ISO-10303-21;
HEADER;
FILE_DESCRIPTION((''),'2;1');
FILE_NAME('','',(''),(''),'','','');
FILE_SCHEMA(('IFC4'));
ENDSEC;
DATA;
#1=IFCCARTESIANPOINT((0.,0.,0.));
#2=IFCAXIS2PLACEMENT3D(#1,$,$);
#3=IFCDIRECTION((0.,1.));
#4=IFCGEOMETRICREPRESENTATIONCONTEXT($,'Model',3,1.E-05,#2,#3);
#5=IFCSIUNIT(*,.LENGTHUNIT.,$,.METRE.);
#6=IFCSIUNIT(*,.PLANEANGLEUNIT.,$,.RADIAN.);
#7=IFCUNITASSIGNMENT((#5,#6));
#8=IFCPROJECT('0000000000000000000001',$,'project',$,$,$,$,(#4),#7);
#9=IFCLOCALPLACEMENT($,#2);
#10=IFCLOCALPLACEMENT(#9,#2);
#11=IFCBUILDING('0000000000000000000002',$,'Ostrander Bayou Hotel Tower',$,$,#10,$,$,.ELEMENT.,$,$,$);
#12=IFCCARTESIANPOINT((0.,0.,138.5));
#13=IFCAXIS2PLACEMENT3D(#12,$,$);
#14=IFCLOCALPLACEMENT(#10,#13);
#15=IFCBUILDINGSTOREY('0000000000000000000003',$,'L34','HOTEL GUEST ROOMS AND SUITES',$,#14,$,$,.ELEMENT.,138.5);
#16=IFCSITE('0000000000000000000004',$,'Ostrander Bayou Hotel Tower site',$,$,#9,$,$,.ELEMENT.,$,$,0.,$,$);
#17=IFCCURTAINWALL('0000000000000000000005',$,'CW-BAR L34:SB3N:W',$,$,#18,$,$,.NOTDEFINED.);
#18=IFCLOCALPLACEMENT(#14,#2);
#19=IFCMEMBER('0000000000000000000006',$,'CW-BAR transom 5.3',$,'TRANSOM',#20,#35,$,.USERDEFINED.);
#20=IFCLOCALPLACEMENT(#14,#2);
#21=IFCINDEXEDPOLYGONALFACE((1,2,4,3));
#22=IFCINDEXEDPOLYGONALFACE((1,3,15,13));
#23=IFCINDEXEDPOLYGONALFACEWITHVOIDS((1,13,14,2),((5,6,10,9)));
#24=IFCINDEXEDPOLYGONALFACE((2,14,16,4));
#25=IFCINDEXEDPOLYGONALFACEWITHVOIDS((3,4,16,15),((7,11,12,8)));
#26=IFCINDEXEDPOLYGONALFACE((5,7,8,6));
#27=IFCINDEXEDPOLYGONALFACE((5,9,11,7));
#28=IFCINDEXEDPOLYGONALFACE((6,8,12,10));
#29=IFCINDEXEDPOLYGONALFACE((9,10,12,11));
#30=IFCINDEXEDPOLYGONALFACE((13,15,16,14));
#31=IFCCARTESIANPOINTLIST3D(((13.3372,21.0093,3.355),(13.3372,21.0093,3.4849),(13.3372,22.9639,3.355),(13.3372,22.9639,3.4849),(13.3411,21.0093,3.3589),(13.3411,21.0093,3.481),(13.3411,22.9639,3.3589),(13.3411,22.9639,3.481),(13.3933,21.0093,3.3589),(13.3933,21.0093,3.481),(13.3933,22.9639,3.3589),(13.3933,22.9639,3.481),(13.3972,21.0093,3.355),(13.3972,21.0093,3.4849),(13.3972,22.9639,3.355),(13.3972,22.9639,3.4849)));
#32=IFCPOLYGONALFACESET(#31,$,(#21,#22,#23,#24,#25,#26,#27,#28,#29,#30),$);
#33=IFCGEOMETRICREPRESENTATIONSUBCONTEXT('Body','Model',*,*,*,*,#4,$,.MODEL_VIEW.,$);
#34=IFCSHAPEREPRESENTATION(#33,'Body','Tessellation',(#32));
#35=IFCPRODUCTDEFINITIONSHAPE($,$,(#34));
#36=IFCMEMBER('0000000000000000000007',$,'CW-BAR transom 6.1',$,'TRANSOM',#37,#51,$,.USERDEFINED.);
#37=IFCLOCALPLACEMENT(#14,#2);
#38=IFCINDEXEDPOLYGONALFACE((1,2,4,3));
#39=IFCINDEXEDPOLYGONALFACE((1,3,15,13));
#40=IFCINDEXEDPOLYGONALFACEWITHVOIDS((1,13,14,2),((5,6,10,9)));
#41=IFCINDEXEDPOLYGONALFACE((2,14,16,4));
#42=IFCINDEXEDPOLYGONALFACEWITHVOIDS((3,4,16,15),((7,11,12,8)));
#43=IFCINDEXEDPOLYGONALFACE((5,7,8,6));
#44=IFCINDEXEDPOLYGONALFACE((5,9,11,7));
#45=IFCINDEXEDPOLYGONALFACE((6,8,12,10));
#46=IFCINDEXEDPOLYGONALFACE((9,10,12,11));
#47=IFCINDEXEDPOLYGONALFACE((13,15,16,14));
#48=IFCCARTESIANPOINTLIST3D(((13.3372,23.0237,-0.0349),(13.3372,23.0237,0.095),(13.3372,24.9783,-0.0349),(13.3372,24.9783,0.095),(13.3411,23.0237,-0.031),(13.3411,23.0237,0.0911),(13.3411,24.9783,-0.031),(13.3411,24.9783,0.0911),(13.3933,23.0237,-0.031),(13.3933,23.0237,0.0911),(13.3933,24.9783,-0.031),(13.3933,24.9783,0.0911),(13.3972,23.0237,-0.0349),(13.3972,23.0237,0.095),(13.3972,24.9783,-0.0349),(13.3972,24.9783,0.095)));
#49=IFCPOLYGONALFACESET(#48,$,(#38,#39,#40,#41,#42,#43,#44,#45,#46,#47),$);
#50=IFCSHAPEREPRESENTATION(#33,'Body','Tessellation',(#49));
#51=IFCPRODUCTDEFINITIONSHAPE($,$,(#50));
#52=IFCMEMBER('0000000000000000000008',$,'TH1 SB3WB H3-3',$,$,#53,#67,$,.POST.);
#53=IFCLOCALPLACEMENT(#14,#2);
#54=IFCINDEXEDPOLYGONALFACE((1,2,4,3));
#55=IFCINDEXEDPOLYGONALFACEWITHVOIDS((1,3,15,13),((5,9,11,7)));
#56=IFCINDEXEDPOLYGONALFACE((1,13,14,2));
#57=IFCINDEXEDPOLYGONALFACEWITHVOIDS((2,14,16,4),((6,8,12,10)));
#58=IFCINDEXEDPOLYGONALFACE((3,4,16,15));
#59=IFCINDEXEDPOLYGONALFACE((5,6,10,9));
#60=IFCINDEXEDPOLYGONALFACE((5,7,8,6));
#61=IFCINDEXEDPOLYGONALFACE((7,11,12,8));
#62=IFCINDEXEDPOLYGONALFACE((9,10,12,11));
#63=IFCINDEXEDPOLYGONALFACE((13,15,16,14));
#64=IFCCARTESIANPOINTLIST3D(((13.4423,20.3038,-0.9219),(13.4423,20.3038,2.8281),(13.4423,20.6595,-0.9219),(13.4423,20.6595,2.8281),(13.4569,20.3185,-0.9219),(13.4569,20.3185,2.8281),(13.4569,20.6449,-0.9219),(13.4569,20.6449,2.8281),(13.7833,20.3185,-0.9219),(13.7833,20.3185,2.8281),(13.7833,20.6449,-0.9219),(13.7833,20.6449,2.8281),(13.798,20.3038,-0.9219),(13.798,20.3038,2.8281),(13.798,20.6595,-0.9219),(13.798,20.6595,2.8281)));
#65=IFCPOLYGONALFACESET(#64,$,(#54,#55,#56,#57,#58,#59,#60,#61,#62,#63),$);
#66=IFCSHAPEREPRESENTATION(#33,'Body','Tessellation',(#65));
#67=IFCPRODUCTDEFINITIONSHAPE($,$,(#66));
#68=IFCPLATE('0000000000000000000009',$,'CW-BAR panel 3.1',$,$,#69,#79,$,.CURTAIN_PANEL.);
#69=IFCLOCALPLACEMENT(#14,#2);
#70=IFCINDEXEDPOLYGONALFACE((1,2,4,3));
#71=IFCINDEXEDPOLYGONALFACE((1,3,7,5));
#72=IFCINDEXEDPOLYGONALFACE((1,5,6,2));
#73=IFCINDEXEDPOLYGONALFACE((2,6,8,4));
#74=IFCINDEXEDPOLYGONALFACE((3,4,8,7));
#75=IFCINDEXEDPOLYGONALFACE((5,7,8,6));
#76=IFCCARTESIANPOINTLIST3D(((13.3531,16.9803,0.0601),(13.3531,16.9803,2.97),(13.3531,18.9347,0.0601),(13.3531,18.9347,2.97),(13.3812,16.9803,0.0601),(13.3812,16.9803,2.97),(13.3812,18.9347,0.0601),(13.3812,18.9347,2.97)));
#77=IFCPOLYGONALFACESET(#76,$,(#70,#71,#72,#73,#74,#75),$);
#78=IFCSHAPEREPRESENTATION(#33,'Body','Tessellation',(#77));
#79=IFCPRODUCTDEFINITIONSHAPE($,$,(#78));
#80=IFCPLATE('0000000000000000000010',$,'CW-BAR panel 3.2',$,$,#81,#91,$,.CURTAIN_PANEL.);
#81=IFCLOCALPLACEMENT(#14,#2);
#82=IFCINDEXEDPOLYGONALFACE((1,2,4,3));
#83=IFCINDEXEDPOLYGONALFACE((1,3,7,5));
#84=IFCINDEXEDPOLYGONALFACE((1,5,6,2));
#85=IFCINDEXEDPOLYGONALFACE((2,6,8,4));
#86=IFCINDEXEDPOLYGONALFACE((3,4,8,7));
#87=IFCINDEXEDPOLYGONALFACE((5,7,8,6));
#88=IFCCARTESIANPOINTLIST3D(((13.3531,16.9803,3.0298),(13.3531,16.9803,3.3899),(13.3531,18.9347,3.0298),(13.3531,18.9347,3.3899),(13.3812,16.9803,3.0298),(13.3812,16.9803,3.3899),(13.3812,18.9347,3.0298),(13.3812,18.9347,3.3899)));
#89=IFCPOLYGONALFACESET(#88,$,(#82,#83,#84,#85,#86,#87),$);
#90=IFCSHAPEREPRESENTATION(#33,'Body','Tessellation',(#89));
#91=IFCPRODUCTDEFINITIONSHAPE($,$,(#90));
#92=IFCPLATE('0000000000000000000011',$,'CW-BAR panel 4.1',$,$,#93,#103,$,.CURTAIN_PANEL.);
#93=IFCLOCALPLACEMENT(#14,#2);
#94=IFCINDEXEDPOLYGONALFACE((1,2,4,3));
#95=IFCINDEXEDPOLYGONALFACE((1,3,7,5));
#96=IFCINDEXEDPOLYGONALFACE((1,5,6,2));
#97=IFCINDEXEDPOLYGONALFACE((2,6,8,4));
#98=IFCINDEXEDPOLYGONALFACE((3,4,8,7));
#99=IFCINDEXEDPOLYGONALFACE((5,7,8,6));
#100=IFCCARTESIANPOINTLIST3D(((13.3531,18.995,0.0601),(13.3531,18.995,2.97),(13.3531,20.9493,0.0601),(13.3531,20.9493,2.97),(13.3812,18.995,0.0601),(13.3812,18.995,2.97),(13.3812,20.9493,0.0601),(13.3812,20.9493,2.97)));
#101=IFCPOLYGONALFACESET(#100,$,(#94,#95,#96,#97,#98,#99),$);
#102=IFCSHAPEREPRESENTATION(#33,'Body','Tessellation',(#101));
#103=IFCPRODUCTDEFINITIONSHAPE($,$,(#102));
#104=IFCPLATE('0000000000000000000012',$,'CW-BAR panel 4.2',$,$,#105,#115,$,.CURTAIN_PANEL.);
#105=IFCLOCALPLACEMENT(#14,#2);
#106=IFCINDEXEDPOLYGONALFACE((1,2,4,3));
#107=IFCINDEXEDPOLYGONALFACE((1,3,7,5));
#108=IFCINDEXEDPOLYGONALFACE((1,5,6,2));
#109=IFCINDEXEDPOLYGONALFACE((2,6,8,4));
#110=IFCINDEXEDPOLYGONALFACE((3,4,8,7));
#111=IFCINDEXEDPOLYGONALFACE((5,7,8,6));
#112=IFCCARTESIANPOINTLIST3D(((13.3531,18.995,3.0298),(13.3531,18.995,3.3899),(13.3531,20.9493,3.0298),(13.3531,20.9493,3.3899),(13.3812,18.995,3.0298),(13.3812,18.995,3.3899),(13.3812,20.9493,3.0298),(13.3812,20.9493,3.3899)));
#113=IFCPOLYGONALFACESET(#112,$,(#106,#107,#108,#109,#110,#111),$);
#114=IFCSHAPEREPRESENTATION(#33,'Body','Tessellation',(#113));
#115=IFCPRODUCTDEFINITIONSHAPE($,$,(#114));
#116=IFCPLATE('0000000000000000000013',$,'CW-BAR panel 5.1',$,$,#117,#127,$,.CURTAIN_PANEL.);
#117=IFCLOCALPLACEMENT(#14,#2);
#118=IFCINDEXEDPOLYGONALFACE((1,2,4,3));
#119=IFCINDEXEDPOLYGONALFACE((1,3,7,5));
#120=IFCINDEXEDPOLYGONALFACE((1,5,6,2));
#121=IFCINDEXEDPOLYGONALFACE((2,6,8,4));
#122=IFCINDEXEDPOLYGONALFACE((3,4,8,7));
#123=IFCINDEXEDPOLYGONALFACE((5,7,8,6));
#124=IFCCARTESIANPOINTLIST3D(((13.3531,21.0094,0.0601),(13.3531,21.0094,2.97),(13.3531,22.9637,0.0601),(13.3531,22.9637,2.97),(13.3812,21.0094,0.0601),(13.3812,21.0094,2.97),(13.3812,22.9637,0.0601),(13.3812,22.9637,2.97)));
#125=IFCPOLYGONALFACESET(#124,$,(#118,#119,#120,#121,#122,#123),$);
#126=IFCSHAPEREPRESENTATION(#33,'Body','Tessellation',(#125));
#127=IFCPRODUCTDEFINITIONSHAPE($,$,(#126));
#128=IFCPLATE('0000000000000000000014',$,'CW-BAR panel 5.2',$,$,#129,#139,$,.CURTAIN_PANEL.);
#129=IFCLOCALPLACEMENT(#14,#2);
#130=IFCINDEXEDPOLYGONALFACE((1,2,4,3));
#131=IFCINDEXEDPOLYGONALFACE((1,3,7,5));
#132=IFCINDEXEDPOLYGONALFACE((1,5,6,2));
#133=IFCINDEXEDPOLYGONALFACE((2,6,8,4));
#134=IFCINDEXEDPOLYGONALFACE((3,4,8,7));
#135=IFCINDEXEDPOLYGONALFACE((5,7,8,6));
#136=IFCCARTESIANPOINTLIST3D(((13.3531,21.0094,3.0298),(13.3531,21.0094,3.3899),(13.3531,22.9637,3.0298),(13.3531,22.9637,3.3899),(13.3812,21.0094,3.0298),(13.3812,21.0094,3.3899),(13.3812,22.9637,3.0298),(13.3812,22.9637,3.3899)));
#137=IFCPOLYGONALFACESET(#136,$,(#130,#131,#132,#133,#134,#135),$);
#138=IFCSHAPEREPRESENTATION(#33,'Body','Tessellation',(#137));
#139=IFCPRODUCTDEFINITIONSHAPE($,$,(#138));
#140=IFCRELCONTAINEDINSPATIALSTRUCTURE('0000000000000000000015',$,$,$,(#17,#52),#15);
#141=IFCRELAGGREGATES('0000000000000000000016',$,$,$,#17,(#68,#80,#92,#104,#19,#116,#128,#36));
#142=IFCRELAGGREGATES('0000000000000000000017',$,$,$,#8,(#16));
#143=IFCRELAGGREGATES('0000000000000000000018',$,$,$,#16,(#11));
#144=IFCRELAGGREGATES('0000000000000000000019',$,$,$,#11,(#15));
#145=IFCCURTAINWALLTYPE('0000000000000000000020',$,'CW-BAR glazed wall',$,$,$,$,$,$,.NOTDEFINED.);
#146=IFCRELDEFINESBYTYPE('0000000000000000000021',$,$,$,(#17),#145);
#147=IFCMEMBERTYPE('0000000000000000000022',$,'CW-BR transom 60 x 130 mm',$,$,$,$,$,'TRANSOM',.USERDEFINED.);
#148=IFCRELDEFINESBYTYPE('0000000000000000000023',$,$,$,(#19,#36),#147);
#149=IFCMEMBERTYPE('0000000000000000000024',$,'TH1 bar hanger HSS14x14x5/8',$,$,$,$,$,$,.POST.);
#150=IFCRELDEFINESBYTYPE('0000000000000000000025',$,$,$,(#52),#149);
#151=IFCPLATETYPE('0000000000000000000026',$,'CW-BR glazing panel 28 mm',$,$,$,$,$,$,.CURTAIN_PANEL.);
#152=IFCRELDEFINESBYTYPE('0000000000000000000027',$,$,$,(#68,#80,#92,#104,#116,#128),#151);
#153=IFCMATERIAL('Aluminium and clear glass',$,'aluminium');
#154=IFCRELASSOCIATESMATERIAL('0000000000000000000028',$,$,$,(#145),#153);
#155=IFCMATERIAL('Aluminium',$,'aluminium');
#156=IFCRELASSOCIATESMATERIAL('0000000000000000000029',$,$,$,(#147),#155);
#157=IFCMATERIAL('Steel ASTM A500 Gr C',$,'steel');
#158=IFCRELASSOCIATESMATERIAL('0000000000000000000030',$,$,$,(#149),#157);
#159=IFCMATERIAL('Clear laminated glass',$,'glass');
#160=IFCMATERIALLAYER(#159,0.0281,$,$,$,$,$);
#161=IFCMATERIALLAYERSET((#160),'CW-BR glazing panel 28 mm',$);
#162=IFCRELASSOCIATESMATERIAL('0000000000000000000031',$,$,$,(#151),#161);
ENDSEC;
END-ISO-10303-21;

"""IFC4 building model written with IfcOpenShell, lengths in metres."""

from ifc_helpers import new_model, si_unit, direction, frame, origin, origin_2d, place, context, subcontext, project, spatial, rectangle, hollow_rectangle, extrude, material, layer, layer_set, material_profile, profile_set, type_object, element, aggregate, save


model = new_model("IFC4")

# Units and contexts
model_context = context("Model", 3, precision=1e-05, world=origin(), true_north=direction((0.0, 1.0)))
body_context = subcontext(model_context, "Body", "Model", "MODEL_VIEW")
ifc_project = project(units=[si_unit("LENGTHUNIT", "METRE"), si_unit("PLANEANGLEUNIT", "RADIAN")], contexts=[model_context])

# Site, building, storey
site_placement = place(None, origin())
site = spatial("IfcSite", under=ifc_project, at=site_placement, Name="Ostrander Bayou Hotel Tower site", CompositionType="ELEMENT", RefElevation=0.0)
building_placement = place(site_placement, origin())
building = spatial("IfcBuilding", under=site, at=building_placement, Name="Ostrander Bayou Hotel Tower", CompositionType="ELEMENT")
storey_placement = place(building_placement, frame((0.0, 0.0, 138.5)))
storey = spatial("IfcBuildingStorey", under=building, at=storey_placement, Name="L34", Description="HOTEL GUEST ROOMS AND SUITES", CompositionType="ELEMENT", Elevation=138.5)

# Curtain wall, members
ifc_material_1 = material(Name="Aluminium and clear glass", Category="aluminium")
curtain_wall_type = type_object("IfcCurtainWallType", Name="CW-BAR glazed wall", PredefinedType="NOTDEFINED", material=ifc_material_1)
curtain_wall_placement = place(storey_placement, origin())
curtain_wall = element("IfcCurtainWall", 1, at=curtain_wall_placement, inside=storey, type_object=curtain_wall_type, Name="CW-BAR L34:SB3N:W", PredefinedType="NOTDEFINED")
ifc_material_2 = material(Name="Aluminium", Category="aluminium")
ifc_material_profile_1 = material_profile(ifc_material_2, hollow_rectangle(XDim=0.0601, YDim=0.1299, WallThickness=0.0039, at=origin_2d()))
ifc_profile_set_1 = profile_set([ifc_material_profile_1], Name="Aluminium")
member_type_1 = type_object("IfcMemberType", Name="CW-BR transom 60 x 130 mm", ElementType="TRANSOM", PredefinedType="USERDEFINED", material=ifc_profile_set_1)
member_1_placement = place(storey_placement, frame((13.3672, 21.0093, 3.4199), z_axis=(0.0, 1.0, 0.0), x_axis=(-1.0, 0.0, 0.0)))
member_1 = element("IfcMember", 2, at=member_1_placement, type_object=member_type_1, Name="CW-BAR transom 5.3", ObjectType="TRANSOM", PredefinedType="USERDEFINED", context=body_context, shape_type="SweptSolid", body=[
    extrude(hollow_rectangle(XDim=0.0601, YDim=0.1299, WallThickness=0.0039, at=origin_2d()), origin(), (0.0, 0.0, 1.0), 1.9546),
])
member_2_placement = place(storey_placement, frame((13.3672, 23.0237, 0.03), z_axis=(0.0, 1.0, 0.0), x_axis=(-1.0, 0.0, 0.0)))
member_2 = element("IfcMember", 3, at=member_2_placement, type_object=member_type_1, Name="CW-BAR transom 6.1", ObjectType="TRANSOM", PredefinedType="USERDEFINED", context=body_context, shape_type="SweptSolid", body=[
    extrude(hollow_rectangle(XDim=0.0601, YDim=0.1299, WallThickness=0.0039, at=origin_2d()), origin(), (0.0, 0.0, 1.0), 1.9546),
])

# Member
ifc_material_3 = material(Name="Steel ASTM A500 Gr C", Category="steel")
ifc_material_profile_2 = material_profile(ifc_material_3, hollow_rectangle(XDim=0.3557, YDim=0.3557, WallThickness=0.0146, at=origin_2d()))
ifc_profile_set_2 = profile_set([ifc_material_profile_2], Name="Steel ASTM A500 Gr C")
member_type_2 = type_object("IfcMemberType", Name="TH1 bar hanger HSS14x14x5/8", PredefinedType="POST", material=ifc_profile_set_2)
member_3_placement = place(storey_placement, frame((13.6201, 20.4817, -0.9219), z_axis=(0.0, 0.0, 1.0), x_axis=(1.0, 0.0, 0.0)))
element("IfcMember", 4, at=member_3_placement, inside=storey, type_object=member_type_2, Name="TH1 SB3WB H3-3", PredefinedType="POST", context=body_context, shape_type="SweptSolid", body=[
    extrude(hollow_rectangle(XDim=0.3557, YDim=0.3557, WallThickness=0.0146, at=origin_2d()), origin(), (0.0, 0.0, 1.0), 3.75),
])

# Plates
ifc_material_4 = material(Name="Clear laminated glass", Category="glass")
ifc_layer = layer(ifc_material_4, 0.0281)
ifc_layer_set = layer_set([ifc_layer], Name="CW-BR glazing panel 28 mm")
plate_type = type_object("IfcPlateType", Name="CW-BR glazing panel 28 mm", PredefinedType="CURTAIN_PANEL", material=ifc_layer_set)
plate_1_placement = place(storey_placement, frame((13.3672, 17.9575, 0.0601), z_axis=(0.0, 0.0, 1.0), x_axis=(0.0, 1.0, 0.0)))
plate_1 = element("IfcPlate", 5, at=plate_1_placement, type_object=plate_type, Name="CW-BAR panel 3.1", PredefinedType="CURTAIN_PANEL", context=body_context, shape_type="SweptSolid", body=[
    extrude(rectangle(XDim=1.9543, YDim=0.0281, at=origin_2d()), origin(), (0.0, 0.0, 1.0), 2.9099),
])
plate_2_placement = place(storey_placement, frame((13.3672, 17.9575, 3.0298), z_axis=(0.0, 0.0, 1.0), x_axis=(0.0, 1.0, 0.0)))
plate_2 = element("IfcPlate", 6, at=plate_2_placement, type_object=plate_type, Name="CW-BAR panel 3.2", PredefinedType="CURTAIN_PANEL", context=body_context, shape_type="SweptSolid", body=[
    extrude(rectangle(XDim=1.9543, YDim=0.0281, at=origin_2d()), origin(), (0.0, 0.0, 1.0), 0.3601),
])
plate_3_placement = place(storey_placement, frame((13.3672, 19.9722, 0.0601), z_axis=(0.0, 0.0, 1.0), x_axis=(0.0, 1.0, 0.0)))
plate_3 = element("IfcPlate", 7, at=plate_3_placement, type_object=plate_type, Name="CW-BAR panel 4.1", PredefinedType="CURTAIN_PANEL", context=body_context, shape_type="SweptSolid", body=[
    extrude(rectangle(XDim=1.9543, YDim=0.0281, at=origin_2d()), origin(), (0.0, 0.0, 1.0), 2.9099),
])
plate_4_placement = place(storey_placement, frame((13.3672, 19.9722, 3.0298), z_axis=(0.0, 0.0, 1.0), x_axis=(0.0, 1.0, 0.0)))
plate_4 = element("IfcPlate", 8, at=plate_4_placement, type_object=plate_type, Name="CW-BAR panel 4.2", PredefinedType="CURTAIN_PANEL", context=body_context, shape_type="SweptSolid", body=[
    extrude(rectangle(XDim=1.9543, YDim=0.0281, at=origin_2d()), origin(), (0.0, 0.0, 1.0), 0.3601),
])
plate_5_placement = place(storey_placement, frame((13.3672, 21.9866, 0.0601), z_axis=(0.0, 0.0, 1.0), x_axis=(0.0, 1.0, 0.0)))
plate_5 = element("IfcPlate", 9, at=plate_5_placement, type_object=plate_type, Name="CW-BAR panel 5.1", PredefinedType="CURTAIN_PANEL", context=body_context, shape_type="SweptSolid", body=[
    extrude(rectangle(XDim=1.9543, YDim=0.0281, at=origin_2d()), origin(), (0.0, 0.0, 1.0), 2.9099),
])
plate_6_placement = place(storey_placement, frame((13.3672, 21.9866, 3.0298), z_axis=(0.0, 0.0, 1.0), x_axis=(0.0, 1.0, 0.0)))
plate_6 = element("IfcPlate", 10, at=plate_6_placement, type_object=plate_type, Name="CW-BAR panel 5.2", PredefinedType="CURTAIN_PANEL", context=body_context, shape_type="SweptSolid", body=[
    extrude(rectangle(XDim=1.9543, YDim=0.0281, at=origin_2d()), origin(), (0.0, 0.0, 1.0), 0.3601),
])
aggregate(curtain_wall, [plate_1, plate_2, plate_3, plate_4, member_1, plate_5, plate_6, member_2])

save(model, "model.ifc")
